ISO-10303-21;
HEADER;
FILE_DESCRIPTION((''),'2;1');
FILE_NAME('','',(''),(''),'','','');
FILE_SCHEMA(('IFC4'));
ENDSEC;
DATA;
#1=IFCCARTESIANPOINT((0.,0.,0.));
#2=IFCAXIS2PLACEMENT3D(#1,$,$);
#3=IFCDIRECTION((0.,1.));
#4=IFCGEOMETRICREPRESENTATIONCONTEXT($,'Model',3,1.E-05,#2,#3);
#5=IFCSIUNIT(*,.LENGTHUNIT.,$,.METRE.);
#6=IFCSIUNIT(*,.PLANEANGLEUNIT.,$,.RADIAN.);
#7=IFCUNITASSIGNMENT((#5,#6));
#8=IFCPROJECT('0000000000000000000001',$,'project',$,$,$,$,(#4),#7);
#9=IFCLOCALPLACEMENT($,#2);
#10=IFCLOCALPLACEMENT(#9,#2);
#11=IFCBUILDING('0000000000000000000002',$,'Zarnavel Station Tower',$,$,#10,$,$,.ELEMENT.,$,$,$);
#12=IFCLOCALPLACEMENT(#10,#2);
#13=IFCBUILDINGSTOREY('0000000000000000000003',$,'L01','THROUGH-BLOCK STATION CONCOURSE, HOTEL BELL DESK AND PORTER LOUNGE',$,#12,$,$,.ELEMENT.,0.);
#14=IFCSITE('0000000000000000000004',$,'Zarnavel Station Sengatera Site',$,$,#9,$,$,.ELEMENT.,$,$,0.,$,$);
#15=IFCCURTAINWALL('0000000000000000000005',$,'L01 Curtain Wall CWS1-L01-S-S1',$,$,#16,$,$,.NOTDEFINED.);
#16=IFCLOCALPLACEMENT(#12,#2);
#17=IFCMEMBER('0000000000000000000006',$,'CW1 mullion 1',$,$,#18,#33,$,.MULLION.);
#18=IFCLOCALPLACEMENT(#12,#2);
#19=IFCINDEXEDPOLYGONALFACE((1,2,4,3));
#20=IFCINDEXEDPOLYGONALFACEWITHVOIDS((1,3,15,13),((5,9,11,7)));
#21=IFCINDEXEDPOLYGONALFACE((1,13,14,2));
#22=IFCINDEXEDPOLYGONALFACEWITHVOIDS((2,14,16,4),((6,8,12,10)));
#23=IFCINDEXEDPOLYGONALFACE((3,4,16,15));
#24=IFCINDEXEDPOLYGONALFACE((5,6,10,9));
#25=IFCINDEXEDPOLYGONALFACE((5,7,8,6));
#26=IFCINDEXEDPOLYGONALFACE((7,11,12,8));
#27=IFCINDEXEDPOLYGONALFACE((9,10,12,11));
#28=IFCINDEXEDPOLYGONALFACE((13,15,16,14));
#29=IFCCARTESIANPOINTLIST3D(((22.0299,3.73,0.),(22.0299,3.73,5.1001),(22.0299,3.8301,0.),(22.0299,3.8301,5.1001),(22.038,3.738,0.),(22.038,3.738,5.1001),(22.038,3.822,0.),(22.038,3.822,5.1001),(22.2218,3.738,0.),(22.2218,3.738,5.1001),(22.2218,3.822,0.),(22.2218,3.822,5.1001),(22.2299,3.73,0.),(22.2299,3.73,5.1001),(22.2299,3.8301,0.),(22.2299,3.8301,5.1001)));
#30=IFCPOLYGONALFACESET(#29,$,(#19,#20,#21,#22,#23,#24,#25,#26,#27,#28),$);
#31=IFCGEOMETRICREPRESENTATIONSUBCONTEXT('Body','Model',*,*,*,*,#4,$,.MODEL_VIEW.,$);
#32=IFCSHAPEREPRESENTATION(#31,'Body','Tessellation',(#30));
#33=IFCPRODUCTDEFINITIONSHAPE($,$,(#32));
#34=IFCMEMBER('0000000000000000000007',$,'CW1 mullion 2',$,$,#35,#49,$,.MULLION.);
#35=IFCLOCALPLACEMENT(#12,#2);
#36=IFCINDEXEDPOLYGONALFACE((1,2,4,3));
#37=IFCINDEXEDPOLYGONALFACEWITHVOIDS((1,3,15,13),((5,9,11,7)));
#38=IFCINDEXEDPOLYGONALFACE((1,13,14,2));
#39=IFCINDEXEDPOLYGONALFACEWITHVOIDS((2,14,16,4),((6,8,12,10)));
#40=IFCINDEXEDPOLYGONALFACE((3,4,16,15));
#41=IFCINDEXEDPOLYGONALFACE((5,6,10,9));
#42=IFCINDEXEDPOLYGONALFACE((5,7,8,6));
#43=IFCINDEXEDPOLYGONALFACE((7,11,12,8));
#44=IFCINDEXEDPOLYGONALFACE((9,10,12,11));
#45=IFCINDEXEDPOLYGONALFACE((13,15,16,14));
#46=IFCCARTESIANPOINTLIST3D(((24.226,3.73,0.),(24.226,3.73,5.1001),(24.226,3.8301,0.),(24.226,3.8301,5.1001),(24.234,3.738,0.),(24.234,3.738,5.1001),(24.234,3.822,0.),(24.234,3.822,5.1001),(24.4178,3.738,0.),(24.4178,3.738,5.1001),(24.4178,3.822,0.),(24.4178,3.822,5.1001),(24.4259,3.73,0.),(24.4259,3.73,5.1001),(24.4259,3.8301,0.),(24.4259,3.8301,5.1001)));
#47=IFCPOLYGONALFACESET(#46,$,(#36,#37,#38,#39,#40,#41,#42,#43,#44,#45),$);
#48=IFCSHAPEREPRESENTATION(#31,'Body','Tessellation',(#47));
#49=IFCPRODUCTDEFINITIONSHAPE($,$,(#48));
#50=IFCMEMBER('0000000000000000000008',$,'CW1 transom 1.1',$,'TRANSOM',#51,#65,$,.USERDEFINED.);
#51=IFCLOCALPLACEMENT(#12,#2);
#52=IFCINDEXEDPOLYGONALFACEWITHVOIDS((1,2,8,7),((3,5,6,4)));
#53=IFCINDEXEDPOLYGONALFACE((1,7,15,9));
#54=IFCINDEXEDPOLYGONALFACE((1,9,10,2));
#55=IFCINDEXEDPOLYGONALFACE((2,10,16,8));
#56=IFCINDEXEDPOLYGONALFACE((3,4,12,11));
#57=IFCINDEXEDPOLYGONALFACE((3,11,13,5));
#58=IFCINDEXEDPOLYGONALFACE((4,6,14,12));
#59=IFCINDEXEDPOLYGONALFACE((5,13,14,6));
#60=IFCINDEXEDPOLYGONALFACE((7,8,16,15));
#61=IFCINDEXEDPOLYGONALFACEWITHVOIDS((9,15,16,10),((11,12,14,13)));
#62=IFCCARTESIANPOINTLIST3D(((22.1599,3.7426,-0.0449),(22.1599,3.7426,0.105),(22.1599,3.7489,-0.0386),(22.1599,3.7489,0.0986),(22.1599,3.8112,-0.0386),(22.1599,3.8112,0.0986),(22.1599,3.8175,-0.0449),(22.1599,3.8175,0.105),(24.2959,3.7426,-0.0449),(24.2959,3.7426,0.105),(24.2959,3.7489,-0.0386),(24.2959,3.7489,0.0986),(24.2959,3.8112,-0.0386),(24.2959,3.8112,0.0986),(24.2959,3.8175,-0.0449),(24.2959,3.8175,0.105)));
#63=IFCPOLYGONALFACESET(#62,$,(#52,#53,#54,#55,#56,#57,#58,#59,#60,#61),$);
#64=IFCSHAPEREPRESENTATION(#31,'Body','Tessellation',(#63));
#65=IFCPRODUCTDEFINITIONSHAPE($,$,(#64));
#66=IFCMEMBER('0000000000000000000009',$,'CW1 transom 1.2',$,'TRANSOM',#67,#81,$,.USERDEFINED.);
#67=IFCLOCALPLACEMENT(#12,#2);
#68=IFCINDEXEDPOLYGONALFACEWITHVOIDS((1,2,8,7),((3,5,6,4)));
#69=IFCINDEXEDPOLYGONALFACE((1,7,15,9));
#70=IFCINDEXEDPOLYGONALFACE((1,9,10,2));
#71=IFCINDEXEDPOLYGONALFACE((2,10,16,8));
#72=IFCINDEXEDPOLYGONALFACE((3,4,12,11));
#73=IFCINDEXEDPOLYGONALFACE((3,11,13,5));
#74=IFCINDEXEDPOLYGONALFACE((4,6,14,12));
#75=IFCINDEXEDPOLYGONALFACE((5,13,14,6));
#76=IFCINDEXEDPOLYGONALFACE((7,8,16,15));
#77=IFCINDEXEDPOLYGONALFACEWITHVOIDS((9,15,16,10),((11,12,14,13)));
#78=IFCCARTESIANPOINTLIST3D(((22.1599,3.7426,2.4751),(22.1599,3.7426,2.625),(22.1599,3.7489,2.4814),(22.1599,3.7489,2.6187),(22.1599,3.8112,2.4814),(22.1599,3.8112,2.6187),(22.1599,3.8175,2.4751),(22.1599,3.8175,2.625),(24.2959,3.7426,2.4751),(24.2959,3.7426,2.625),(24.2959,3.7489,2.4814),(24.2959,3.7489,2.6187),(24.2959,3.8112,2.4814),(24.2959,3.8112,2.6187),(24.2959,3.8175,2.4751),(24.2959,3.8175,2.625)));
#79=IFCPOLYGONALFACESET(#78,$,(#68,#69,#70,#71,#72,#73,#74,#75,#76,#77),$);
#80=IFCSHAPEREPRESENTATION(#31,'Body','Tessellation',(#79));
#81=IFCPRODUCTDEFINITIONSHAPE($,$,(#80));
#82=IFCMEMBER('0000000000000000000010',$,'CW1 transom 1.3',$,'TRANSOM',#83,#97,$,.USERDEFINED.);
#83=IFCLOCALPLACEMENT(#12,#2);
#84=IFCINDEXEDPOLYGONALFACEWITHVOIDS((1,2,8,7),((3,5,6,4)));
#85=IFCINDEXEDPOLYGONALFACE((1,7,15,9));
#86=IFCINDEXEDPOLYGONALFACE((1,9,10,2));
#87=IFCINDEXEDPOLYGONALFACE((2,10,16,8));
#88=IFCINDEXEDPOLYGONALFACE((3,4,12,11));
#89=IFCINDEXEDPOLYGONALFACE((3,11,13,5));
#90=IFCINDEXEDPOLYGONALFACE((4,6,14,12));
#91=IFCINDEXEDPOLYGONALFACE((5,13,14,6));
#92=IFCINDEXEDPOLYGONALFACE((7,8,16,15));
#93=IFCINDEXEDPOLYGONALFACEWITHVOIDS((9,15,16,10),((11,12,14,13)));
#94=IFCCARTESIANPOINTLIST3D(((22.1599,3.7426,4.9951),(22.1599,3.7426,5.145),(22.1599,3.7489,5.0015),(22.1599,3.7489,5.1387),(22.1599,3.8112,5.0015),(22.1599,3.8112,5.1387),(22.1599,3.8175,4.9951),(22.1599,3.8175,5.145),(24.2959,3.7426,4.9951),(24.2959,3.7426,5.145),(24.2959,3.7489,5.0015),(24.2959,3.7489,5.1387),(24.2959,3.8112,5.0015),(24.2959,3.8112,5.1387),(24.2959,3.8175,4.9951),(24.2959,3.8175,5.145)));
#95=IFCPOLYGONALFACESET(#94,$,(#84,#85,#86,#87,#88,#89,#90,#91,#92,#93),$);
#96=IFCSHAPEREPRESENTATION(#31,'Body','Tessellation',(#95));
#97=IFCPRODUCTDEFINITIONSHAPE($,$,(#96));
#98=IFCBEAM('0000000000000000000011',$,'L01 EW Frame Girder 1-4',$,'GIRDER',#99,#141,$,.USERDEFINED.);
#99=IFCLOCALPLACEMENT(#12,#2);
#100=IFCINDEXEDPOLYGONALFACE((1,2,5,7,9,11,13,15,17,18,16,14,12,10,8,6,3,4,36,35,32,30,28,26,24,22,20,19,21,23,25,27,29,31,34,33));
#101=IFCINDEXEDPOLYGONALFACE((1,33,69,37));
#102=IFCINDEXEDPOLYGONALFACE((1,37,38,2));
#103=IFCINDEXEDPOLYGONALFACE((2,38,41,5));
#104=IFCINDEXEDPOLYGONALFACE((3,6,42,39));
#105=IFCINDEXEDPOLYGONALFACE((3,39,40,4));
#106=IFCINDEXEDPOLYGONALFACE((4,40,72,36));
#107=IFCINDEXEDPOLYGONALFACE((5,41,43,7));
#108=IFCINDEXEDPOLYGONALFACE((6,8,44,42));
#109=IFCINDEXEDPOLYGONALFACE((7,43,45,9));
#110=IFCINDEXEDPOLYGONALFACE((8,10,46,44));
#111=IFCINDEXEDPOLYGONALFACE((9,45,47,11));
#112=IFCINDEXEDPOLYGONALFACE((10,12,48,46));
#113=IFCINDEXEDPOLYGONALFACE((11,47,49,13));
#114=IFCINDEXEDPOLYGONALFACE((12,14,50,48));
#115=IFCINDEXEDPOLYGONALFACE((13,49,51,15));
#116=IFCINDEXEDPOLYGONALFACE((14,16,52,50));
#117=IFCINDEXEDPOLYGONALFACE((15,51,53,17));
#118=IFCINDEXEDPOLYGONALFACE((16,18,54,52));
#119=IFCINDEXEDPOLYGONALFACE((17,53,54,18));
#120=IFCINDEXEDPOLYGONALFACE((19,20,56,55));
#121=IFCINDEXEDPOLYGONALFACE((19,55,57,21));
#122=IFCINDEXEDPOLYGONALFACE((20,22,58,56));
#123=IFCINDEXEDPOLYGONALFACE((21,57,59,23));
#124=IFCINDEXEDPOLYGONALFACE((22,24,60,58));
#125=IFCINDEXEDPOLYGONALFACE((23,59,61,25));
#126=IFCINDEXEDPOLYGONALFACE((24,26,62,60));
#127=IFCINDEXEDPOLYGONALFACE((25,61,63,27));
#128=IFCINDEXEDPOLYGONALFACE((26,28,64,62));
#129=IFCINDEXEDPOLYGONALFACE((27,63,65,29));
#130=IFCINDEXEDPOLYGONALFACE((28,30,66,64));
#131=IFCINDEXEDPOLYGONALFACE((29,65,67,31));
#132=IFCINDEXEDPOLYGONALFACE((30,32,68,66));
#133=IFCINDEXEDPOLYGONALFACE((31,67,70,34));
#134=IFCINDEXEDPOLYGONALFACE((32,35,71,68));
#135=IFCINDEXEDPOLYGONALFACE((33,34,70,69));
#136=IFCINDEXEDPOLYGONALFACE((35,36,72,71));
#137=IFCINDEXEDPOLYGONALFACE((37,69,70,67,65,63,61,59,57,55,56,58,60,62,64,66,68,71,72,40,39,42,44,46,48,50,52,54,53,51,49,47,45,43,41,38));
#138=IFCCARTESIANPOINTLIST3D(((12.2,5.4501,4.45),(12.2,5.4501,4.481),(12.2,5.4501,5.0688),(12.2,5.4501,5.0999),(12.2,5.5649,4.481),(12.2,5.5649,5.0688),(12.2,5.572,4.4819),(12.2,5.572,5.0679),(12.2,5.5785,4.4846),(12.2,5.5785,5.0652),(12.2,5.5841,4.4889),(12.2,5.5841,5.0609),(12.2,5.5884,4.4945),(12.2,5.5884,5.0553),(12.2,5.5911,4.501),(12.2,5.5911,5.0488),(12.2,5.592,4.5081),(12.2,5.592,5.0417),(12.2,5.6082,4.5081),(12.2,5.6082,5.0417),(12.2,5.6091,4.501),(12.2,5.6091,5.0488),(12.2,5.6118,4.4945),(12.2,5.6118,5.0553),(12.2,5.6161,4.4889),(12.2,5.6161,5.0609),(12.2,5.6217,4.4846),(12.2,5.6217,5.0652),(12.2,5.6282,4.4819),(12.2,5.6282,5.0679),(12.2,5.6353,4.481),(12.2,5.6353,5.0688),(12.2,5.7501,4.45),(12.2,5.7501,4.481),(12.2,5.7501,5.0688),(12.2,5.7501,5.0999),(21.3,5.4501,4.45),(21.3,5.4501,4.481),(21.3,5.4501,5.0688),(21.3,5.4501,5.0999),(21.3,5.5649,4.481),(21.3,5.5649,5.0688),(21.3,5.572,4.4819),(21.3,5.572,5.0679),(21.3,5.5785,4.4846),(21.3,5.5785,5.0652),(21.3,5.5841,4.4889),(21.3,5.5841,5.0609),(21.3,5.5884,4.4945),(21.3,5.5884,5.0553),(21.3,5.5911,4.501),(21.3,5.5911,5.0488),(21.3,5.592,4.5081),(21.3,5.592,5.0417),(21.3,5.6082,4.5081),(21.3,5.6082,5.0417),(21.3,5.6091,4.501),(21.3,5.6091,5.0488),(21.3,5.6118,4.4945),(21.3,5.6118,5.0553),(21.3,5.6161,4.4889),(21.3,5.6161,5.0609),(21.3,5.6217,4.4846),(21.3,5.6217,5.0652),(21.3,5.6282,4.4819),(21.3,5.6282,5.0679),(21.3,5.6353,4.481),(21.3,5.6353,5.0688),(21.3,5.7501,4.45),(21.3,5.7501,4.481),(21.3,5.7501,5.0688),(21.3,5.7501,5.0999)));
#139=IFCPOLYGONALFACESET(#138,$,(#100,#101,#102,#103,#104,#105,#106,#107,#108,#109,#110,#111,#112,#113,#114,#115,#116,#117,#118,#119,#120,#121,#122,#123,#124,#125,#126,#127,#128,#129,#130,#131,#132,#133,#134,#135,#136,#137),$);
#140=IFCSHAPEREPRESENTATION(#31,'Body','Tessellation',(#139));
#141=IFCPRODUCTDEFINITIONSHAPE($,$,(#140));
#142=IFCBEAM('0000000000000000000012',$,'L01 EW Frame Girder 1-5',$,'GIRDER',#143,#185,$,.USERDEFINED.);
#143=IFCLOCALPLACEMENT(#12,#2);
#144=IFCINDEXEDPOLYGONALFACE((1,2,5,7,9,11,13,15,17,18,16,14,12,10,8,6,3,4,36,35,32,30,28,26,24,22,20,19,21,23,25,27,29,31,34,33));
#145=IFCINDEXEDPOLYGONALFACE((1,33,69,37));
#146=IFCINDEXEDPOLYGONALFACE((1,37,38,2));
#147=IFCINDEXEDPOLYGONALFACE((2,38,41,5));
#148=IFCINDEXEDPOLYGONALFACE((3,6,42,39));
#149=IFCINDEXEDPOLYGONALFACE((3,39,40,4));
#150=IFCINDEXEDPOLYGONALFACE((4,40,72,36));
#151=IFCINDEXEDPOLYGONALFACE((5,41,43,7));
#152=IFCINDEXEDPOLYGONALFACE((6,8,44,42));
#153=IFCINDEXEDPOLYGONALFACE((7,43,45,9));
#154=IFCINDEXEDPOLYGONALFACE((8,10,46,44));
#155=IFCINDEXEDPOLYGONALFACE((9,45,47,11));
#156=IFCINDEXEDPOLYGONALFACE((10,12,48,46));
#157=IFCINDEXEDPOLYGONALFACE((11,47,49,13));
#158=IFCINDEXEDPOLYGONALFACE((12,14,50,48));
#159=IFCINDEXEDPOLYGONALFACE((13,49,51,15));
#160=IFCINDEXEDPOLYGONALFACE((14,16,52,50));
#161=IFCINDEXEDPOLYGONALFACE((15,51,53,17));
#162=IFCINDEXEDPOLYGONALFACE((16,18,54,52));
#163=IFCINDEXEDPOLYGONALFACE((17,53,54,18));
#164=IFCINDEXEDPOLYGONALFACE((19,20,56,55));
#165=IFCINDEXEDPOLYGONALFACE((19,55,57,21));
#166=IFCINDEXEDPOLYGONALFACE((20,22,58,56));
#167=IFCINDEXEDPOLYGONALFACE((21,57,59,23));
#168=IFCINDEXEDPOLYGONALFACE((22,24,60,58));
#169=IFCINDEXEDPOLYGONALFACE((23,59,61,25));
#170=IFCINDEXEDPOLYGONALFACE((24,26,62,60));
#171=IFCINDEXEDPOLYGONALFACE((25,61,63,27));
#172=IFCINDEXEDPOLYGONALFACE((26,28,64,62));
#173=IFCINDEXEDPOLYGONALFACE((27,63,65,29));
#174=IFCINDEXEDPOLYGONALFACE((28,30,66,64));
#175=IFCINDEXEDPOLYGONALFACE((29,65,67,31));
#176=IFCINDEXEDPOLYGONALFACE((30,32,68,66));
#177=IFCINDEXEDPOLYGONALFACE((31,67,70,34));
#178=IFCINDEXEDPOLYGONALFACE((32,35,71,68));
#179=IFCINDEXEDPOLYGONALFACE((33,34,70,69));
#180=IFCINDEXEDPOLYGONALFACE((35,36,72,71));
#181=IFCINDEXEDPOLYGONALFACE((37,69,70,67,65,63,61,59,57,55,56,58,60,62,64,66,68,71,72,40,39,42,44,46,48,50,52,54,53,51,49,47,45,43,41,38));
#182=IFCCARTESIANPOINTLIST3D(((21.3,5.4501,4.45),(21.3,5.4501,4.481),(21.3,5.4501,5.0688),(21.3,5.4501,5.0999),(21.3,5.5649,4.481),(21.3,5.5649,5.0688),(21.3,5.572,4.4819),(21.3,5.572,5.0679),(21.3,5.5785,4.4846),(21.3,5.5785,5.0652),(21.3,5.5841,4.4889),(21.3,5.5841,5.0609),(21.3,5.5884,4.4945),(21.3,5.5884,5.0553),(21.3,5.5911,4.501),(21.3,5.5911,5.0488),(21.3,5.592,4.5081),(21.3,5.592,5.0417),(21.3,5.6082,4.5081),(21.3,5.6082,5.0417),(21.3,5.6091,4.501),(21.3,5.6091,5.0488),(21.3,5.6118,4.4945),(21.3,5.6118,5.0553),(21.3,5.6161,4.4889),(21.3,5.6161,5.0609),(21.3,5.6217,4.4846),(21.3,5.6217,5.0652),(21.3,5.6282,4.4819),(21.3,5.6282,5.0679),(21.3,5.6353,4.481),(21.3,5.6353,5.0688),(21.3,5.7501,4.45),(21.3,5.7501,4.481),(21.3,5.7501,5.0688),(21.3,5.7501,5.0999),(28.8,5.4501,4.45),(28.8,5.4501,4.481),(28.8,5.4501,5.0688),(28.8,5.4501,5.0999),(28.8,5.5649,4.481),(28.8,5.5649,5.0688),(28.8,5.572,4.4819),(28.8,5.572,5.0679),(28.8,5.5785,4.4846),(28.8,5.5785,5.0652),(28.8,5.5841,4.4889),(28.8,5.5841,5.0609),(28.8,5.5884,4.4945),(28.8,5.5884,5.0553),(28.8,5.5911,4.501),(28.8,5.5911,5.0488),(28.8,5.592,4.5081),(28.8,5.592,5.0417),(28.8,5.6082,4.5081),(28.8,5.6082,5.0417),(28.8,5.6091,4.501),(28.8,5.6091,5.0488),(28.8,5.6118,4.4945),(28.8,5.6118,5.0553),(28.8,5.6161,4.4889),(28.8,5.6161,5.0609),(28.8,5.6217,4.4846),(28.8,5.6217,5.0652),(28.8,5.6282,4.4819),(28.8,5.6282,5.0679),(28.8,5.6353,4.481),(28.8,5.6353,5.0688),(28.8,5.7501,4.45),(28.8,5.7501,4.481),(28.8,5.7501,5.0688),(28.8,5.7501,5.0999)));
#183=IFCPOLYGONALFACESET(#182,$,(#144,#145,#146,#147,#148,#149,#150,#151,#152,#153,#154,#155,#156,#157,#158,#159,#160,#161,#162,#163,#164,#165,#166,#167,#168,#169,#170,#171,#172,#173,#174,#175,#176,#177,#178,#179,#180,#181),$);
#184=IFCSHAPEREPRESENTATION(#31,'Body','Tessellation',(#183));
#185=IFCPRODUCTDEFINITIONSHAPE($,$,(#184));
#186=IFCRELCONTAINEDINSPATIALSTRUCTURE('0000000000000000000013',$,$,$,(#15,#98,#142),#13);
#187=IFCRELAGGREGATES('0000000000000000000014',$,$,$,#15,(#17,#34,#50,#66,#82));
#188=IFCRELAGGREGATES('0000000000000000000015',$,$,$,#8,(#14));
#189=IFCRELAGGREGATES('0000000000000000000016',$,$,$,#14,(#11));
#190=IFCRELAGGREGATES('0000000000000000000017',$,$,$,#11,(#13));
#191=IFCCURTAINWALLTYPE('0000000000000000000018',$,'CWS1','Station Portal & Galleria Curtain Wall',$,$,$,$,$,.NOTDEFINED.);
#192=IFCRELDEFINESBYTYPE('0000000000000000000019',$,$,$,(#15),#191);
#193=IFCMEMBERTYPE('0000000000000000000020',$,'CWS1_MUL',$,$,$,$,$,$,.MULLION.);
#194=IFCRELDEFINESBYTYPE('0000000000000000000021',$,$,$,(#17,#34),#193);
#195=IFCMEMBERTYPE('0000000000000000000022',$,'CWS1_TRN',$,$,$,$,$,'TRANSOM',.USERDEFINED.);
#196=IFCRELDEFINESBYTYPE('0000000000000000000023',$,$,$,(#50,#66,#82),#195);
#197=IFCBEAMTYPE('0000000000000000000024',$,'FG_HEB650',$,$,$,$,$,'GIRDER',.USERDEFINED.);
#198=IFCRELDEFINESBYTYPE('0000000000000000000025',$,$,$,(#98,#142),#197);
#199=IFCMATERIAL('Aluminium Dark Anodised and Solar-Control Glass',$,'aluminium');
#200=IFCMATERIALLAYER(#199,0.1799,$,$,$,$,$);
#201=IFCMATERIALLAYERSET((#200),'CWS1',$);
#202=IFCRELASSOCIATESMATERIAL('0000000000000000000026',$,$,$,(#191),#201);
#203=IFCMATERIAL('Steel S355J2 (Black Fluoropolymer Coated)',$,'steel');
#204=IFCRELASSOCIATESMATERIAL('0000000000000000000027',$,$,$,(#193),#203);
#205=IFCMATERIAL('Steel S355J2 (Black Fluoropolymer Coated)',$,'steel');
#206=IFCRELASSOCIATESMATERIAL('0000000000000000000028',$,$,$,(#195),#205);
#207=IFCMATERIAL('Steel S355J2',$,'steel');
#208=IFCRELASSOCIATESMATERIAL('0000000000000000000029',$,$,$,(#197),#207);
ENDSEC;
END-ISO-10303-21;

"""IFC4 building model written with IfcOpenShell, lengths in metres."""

from ifc_helpers import new_model, si_unit, direction, frame, origin, origin_2d, place, context, subcontext, project, spatial, hollow_rectangle, i_section, extrude, material, layer, layer_set, material_profile, profile_set, type_object, element, aggregate, save


model = new_model("IFC4")

# Units and contexts
model_context = context("Model", 3, precision=1e-05, world=origin(), true_north=direction((0.0, 1.0)))
body_context = subcontext(model_context, "Body", "Model", "MODEL_VIEW")
ifc_project = project(units=[si_unit("LENGTHUNIT", "METRE"), si_unit("PLANEANGLEUNIT", "RADIAN")], contexts=[model_context])

# Site, building, storey
site_placement = place(None, origin())
site = spatial("IfcSite", under=ifc_project, at=site_placement, Name="Zarnavel Station Sengatera Site", CompositionType="ELEMENT", RefElevation=0.0)
building_placement = place(site_placement, origin())
building = spatial("IfcBuilding", under=site, at=building_placement, Name="Zarnavel Station Tower", CompositionType="ELEMENT")
storey_placement = place(building_placement, origin())
storey = spatial("IfcBuildingStorey", under=building, at=storey_placement, Name="L01", Description="THROUGH-BLOCK STATION CONCOURSE, HOTEL BELL DESK AND PORTER LOUNGE", CompositionType="ELEMENT", Elevation=0.0)

# Curtain wall, members
ifc_material_1 = material(Name="Aluminium Dark Anodised and Solar-Control Glass", Category="aluminium")
ifc_layer_1 = layer(ifc_material_1, 0.1799)
ifc_layer_set_1 = layer_set([ifc_layer_1], Name="CWS1")
curtain_wall_type = type_object("IfcCurtainWallType", Name="CWS1", Description="Station Portal & Galleria Curtain Wall", PredefinedType="NOTDEFINED", material=ifc_layer_set_1)
curtain_wall_placement = place(storey_placement, origin())
curtain_wall = element("IfcCurtainWall", 1, at=curtain_wall_placement, inside=storey, type_object=curtain_wall_type, Name="L01 Curtain Wall CWS1-L01-S-S1", PredefinedType="NOTDEFINED")
ifc_material_2 = material(Name="Steel S355J2 (Black Fluoropolymer Coated)", Category="steel")
ifc_material_profile_1 = material_profile(ifc_material_2, hollow_rectangle(XDim=0.1001, YDim=0.2, WallThickness=0.0081, at=origin_2d()), Name="RHS200x100x8")
ifc_profile_set_1 = profile_set([ifc_material_profile_1], Name="Steel S355J2 (Black Fluoropolymer Coated)")
member_type_1 = type_object("IfcMemberType", Name="CWS1_MUL", PredefinedType="MULLION", material=ifc_profile_set_1)
member_1_placement = place(storey_placement, frame((22.1299, 3.78, 0.0), z_axis=(0.0, 0.0, 1.0), x_axis=(0.0, 1.0, 0.0)))
member_1 = element("IfcMember", 2, at=member_1_placement, type_object=member_type_1, Name="CW1 mullion 1", PredefinedType="MULLION", context=body_context, shape_type="SweptSolid", body=[
    extrude(hollow_rectangle(XDim=0.1001, YDim=0.2, WallThickness=0.0081, at=origin_2d()), origin(), (0.0, 0.0, 1.0), 5.1001),
])
member_2_placement = place(storey_placement, frame((24.3259, 3.78, 0.0), z_axis=(0.0, 0.0, 1.0), x_axis=(0.0, 1.0, 0.0)))
member_2 = element("IfcMember", 3, at=member_2_placement, type_object=member_type_1, Name="CW1 mullion 2", PredefinedType="MULLION", context=body_context, shape_type="SweptSolid", body=[
    extrude(hollow_rectangle(XDim=0.1001, YDim=0.2, WallThickness=0.0081, at=origin_2d()), origin(), (0.0, 0.0, 1.0), 5.1001),
])
ifc_material_3 = material(Name="Steel S355J2 (Black Fluoropolymer Coated)", Category="steel")
ifc_material_profile_2 = material_profile(ifc_material_3, hollow_rectangle(XDim=0.075, YDim=0.1499, WallThickness=0.0063, at=origin_2d()), Name="RHS150x75x6.3")
ifc_profile_set_2 = profile_set([ifc_material_profile_2], Name="Steel S355J2 (Black Fluoropolymer Coated)")
member_type_2 = type_object("IfcMemberType", Name="CWS1_TRN", ElementType="TRANSOM", PredefinedType="USERDEFINED", material=ifc_profile_set_2)
member_3_placement = place(storey_placement, frame((22.1599, 3.78, 0.03), z_axis=(1.0, 0.0, 0.0), x_axis=(0.0, 1.0, 0.0)))
member_3 = element("IfcMember", 4, at=member_3_placement, type_object=member_type_2, Name="CW1 transom 1.1", ObjectType="TRANSOM", PredefinedType="USERDEFINED", context=body_context, shape_type="SweptSolid", body=[
    extrude(hollow_rectangle(XDim=0.075, YDim=0.1499, WallThickness=0.0063, at=origin_2d()), origin(), (0.0, 0.0, 1.0), 2.136),
])
member_4_placement = place(storey_placement, frame((22.1599, 3.78, 2.55), z_axis=(1.0, 0.0, 0.0), x_axis=(0.0, 1.0, 0.0)))
member_4 = element("IfcMember", 5, at=member_4_placement, type_object=member_type_2, Name="CW1 transom 1.2", ObjectType="TRANSOM", PredefinedType="USERDEFINED", context=body_context, shape_type="SweptSolid", body=[
    extrude(hollow_rectangle(XDim=0.075, YDim=0.1499, WallThickness=0.0063, at=origin_2d()), origin(), (0.0, 0.0, 1.0), 2.136),
])
member_5_placement = place(storey_placement, frame((22.1599, 3.78, 5.0701), z_axis=(1.0, 0.0, 0.0), x_axis=(0.0, 1.0, 0.0)))
member_5 = element("IfcMember", 6, at=member_5_placement, type_object=member_type_2, Name="CW1 transom 1.3", ObjectType="TRANSOM", PredefinedType="USERDEFINED", context=body_context, shape_type="SweptSolid", body=[
    extrude(hollow_rectangle(XDim=0.075, YDim=0.1499, WallThickness=0.0063, at=origin_2d()), origin(), (0.0, 0.0, 1.0), 2.136),
])

# Beams
ifc_material_4 = material(Name="Steel S355J2", Category="steel")
ifc_material_profile_3 = material_profile(ifc_material_4, i_section(OverallWidth=0.3, OverallDepth=0.6499, WebThickness=0.0161, FlangeThickness=0.031, FilletRadius=0.0271, at=origin_2d()), Name="HEB650")
ifc_profile_set_3 = profile_set([ifc_material_profile_3], Name="Steel S355J2")
beam_type_1 = type_object("IfcBeamType", Name="FG_HEB650", ElementType="GIRDER", PredefinedType="USERDEFINED", material=ifc_profile_set_3)
beam_1_placement = place(storey_placement, frame((12.2, 5.6001, 4.7749), z_axis=(1.0, 0.0, 0.0), x_axis=(0.0, 1.0, 0.0)))
element("IfcBeam", 7, at=beam_1_placement, inside=storey, type_object=beam_type_1, Name="L01 EW Frame Girder 1-4", ObjectType="GIRDER", PredefinedType="USERDEFINED", context=body_context, shape_type="SweptSolid", body=[
    extrude(i_section(OverallWidth=0.3, OverallDepth=0.6499, WebThickness=0.0161, FlangeThickness=0.031, FilletRadius=0.0271, at=origin_2d()), origin(), (0.0, 0.0, 1.0), 9.1001),
])
beam_2_placement = place(storey_placement, frame((21.3, 5.6001, 4.7749), z_axis=(1.0, 0.0, 0.0), x_axis=(0.0, 1.0, 0.0)))
element("IfcBeam", 8, at=beam_2_placement, inside=storey, type_object=beam_type_1, Name="L01 EW Frame Girder 1-5", ObjectType="GIRDER", PredefinedType="USERDEFINED", context=body_context, shape_type="SweptSolid", body=[
    extrude(i_section(OverallWidth=0.3, OverallDepth=0.6499, WebThickness=0.0161, FlangeThickness=0.031, FilletRadius=0.0271, at=origin_2d()), origin(), (0.0, 0.0, 1.0), 7.5),
])

aggregate(curtain_wall, [member_1, member_2, member_3, member_4, member_5])

save(model, "model.ifc")
